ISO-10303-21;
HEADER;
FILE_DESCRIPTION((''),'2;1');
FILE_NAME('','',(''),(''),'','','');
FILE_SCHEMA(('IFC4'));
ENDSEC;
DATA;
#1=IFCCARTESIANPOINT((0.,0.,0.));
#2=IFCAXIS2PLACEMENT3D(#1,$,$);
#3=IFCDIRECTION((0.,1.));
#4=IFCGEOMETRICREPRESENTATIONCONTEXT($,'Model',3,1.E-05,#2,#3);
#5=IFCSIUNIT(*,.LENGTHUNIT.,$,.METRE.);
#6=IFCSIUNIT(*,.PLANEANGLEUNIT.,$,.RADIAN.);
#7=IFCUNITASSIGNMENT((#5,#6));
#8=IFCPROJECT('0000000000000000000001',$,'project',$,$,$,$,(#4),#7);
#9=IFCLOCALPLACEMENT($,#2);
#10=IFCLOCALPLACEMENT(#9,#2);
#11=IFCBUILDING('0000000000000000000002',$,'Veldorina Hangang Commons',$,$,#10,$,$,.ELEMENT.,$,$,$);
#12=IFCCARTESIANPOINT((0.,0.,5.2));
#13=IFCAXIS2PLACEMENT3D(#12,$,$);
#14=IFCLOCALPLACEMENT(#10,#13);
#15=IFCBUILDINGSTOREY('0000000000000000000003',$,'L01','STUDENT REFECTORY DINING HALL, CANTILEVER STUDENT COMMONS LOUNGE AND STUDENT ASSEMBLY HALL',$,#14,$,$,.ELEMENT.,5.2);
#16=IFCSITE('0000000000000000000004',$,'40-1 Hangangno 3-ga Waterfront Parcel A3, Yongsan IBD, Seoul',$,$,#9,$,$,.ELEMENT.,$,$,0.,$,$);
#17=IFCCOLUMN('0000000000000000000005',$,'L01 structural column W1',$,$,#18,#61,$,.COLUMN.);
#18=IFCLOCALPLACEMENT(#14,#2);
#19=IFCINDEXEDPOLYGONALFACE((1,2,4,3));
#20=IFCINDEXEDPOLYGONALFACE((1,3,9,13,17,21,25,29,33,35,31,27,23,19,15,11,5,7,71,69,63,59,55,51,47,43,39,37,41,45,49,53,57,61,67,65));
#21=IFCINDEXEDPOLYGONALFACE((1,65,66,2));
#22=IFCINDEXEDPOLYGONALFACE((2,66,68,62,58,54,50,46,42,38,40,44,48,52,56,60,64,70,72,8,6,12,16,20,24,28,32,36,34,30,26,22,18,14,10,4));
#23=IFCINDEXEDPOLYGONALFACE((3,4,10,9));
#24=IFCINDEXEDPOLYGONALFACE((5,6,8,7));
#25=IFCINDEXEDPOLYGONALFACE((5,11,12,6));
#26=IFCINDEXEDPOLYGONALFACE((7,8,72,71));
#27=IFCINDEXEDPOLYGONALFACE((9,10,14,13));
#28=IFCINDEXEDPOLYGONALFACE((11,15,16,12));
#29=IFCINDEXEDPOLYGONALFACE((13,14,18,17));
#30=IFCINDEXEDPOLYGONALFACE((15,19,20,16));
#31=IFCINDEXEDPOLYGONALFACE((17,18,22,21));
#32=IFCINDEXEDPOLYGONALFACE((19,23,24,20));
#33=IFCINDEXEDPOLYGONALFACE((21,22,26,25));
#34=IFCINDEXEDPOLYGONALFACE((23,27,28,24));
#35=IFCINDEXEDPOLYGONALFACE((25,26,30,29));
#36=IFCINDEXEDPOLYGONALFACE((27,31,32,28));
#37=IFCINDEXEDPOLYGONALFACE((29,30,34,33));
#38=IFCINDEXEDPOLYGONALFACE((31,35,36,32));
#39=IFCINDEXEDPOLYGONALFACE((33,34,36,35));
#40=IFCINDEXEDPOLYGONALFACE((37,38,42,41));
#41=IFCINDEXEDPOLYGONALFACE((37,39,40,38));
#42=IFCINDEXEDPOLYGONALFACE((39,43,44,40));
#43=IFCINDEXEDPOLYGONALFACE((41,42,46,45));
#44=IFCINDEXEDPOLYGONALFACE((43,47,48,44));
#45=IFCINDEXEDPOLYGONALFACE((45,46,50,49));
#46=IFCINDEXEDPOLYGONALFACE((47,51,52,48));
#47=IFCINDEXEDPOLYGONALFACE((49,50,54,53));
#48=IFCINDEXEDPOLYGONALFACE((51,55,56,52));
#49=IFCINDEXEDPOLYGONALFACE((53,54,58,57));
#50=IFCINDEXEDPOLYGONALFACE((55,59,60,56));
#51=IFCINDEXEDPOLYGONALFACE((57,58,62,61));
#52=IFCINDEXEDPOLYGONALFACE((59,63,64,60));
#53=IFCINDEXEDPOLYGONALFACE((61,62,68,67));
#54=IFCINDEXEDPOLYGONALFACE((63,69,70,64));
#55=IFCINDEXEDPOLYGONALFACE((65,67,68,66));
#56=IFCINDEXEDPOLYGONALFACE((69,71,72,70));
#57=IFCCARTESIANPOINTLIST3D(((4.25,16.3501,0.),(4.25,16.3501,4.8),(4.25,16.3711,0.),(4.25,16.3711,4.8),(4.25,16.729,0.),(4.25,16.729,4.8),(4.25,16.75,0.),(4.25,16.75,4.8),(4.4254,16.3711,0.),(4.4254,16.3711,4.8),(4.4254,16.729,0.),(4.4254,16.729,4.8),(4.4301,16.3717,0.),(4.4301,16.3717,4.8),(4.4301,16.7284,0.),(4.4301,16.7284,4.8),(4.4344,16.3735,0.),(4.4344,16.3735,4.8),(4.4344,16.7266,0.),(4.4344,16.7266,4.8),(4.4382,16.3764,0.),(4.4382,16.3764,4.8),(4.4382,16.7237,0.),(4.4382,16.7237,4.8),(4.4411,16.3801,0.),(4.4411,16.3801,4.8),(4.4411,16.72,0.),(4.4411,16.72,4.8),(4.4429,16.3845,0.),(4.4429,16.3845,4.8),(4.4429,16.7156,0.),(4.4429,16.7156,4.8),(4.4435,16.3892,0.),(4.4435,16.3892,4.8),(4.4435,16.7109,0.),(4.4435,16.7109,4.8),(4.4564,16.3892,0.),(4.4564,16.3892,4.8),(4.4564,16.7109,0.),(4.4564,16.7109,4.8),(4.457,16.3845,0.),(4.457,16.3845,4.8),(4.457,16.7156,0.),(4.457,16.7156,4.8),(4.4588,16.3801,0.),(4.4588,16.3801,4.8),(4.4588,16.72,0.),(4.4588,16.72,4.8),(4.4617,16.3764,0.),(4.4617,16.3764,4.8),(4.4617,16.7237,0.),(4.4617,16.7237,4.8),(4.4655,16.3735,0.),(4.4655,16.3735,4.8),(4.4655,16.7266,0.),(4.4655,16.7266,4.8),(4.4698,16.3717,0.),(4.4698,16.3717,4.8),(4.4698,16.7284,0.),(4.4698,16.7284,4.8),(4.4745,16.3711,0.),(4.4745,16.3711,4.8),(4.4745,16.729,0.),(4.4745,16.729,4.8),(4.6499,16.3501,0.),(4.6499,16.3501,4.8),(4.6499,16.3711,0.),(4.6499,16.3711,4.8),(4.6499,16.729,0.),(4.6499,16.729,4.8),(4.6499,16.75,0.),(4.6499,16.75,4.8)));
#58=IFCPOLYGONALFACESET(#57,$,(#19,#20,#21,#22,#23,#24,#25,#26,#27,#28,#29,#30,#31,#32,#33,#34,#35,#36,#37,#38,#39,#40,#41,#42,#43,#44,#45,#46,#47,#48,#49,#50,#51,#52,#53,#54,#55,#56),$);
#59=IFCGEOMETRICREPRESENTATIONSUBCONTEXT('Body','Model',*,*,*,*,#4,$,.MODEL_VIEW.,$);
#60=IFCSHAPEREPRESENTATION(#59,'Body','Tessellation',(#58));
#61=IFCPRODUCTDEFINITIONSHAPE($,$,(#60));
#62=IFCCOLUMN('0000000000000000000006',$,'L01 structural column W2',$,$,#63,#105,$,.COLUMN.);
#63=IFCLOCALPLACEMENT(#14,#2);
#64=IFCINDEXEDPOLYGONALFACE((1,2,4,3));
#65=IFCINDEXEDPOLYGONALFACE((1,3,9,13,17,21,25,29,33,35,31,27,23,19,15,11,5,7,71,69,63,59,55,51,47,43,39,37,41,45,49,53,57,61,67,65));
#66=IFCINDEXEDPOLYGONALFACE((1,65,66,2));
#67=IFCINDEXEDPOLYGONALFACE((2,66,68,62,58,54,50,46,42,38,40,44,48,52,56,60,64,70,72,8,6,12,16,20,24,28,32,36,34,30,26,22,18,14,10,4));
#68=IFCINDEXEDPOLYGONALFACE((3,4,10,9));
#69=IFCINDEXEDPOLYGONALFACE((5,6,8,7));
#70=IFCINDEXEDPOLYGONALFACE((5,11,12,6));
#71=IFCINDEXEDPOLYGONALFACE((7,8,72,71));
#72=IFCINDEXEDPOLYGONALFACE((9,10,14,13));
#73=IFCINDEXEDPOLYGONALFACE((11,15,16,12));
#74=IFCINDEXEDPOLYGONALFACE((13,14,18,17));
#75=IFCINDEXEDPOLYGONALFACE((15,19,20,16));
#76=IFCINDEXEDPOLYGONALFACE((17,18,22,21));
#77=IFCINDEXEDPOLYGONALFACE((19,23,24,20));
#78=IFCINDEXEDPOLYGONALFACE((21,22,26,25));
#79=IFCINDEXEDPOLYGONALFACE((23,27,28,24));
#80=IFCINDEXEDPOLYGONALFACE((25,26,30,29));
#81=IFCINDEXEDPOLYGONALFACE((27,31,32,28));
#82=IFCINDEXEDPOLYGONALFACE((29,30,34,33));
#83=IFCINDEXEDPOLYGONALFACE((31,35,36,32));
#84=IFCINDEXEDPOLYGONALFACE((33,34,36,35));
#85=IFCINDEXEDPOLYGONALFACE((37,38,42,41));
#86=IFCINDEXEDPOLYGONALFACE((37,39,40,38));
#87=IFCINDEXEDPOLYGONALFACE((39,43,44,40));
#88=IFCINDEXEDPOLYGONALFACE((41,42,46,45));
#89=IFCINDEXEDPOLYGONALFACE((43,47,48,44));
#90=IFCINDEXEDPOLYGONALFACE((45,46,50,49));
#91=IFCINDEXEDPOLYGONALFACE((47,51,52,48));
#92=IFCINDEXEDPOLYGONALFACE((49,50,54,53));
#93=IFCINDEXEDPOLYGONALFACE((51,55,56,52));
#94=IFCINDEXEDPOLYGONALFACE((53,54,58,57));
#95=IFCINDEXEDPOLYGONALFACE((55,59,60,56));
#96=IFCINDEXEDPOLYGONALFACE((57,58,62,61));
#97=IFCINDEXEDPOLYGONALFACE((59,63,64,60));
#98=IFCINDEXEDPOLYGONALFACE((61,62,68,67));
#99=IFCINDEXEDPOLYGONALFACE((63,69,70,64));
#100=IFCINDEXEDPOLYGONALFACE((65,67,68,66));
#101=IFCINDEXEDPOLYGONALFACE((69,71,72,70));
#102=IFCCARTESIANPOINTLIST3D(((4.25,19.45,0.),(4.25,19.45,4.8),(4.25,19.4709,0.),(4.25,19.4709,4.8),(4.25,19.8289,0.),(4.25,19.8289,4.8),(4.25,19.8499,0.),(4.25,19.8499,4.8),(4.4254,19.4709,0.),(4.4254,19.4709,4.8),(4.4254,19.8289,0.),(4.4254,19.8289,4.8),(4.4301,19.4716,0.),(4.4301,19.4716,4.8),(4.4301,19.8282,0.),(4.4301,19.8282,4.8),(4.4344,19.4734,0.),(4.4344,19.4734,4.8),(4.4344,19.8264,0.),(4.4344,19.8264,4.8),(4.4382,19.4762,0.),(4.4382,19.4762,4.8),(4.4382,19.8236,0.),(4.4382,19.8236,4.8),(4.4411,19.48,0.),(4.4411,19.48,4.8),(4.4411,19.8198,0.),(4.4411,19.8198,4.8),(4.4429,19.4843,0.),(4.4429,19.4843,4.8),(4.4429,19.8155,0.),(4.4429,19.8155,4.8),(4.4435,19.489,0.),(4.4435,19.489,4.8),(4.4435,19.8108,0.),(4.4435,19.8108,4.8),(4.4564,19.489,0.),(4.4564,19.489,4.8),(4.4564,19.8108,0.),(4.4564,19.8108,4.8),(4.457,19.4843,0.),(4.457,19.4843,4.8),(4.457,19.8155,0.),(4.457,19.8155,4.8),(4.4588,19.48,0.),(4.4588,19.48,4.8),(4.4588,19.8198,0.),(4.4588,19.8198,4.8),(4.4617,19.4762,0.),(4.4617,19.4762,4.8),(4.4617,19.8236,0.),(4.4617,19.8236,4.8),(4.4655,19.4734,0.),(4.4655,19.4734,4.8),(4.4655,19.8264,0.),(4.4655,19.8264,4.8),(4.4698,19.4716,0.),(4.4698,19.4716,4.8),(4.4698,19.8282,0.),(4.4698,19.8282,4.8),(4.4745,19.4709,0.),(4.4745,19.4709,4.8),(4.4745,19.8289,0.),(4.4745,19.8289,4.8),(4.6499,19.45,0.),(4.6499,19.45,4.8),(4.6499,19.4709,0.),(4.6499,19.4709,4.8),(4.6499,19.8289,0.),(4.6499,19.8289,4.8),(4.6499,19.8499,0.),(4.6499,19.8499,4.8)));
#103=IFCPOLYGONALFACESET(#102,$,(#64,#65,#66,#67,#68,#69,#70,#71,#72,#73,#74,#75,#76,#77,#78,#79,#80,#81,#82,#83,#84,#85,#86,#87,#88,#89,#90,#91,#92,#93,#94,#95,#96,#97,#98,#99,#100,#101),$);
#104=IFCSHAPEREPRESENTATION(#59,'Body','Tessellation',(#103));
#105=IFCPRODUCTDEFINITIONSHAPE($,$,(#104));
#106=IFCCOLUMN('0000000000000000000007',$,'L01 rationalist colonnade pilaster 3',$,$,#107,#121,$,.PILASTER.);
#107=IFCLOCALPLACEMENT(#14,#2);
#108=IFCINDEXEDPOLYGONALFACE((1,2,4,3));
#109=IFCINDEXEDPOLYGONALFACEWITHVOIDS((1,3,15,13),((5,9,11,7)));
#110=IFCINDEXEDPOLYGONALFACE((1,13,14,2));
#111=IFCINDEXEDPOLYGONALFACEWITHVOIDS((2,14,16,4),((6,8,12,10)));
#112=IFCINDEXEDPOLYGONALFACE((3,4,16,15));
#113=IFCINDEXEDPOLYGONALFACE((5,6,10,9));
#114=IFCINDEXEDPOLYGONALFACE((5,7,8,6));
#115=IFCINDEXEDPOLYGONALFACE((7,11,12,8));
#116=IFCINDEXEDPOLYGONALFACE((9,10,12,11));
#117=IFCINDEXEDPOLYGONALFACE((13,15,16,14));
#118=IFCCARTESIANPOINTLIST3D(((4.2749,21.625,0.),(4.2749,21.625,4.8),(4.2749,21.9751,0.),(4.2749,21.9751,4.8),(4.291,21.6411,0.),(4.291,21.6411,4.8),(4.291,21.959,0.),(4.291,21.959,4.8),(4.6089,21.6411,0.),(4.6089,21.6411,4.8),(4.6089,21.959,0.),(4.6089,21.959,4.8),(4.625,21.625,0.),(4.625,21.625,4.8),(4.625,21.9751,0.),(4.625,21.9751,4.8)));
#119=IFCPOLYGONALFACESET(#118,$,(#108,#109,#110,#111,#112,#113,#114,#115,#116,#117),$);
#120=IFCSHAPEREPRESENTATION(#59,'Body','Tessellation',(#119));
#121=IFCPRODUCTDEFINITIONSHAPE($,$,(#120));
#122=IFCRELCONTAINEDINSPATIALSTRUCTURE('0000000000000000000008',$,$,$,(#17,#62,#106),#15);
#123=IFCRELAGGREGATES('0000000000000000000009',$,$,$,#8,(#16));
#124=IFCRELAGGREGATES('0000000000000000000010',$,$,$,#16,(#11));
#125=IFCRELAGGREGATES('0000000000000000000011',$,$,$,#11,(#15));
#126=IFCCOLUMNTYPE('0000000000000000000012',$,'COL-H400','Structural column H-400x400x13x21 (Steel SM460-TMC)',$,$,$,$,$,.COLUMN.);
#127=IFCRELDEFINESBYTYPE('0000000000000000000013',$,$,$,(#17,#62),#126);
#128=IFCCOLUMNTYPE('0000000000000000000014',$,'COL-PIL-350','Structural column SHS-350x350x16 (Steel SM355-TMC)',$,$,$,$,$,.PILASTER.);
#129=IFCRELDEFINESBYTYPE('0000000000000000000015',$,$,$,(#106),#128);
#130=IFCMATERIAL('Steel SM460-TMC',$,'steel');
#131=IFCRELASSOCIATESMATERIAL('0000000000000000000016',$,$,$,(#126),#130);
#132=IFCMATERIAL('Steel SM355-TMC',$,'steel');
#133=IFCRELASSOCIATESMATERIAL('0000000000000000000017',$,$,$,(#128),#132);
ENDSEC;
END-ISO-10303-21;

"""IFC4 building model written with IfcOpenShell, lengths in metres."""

from ifc_helpers import new_model, si_unit, direction, frame, origin, origin_2d, place, context, subcontext, project, spatial, hollow_rectangle, i_section, extrude, material, material_profile, profile_set, type_object, element, save


model = new_model("IFC4")

# Units and contexts
model_context = context("Model", 3, precision=1e-05, world=origin(), true_north=direction((0.0, 1.0)))
body_context = subcontext(model_context, "Body", "Model", "MODEL_VIEW")
ifc_project = project(units=[si_unit("LENGTHUNIT", "METRE"), si_unit("PLANEANGLEUNIT", "RADIAN")], contexts=[model_context])

# Site, building, storey
site_placement = place(None, origin())
site = spatial("IfcSite", under=ifc_project, at=site_placement, Name="40-1 Hangangno 3-ga Waterfront Parcel A3, Yongsan IBD, Seoul", CompositionType="ELEMENT", RefElevation=0.0)
building_placement = place(site_placement, origin())
building = spatial("IfcBuilding", under=site, at=building_placement, Name="Veldorina Hangang Commons", CompositionType="ELEMENT")
storey_placement = place(building_placement, frame((0.0, 0.0, 5.2)))
storey = spatial("IfcBuildingStorey", under=building, at=storey_placement, Name="L01", Description="STUDENT REFECTORY DINING HALL, CANTILEVER STUDENT COMMONS LOUNGE AND STUDENT ASSEMBLY HALL", CompositionType="ELEMENT", Elevation=5.2)

# Columns
ifc_material_1 = material(Name="Steel SM460-TMC", Category="steel")
ifc_material_profile_1 = material_profile(ifc_material_1, i_section(OverallWidth=0.3999, OverallDepth=0.3999, WebThickness=0.0129, FlangeThickness=0.021, FilletRadius=0.0181, at=origin_2d()), Name="H-400x400x13x21")
ifc_profile_set_1 = profile_set([ifc_material_profile_1], Name="Steel SM460-TMC")
column_type_1 = type_object("IfcColumnType", Name="COL-H400", Description="Structural column H-400x400x13x21 (Steel SM460-TMC)", PredefinedType="COLUMN", material=ifc_profile_set_1)
for number, where, z_axis, x_axis, name in (
    (1, (4.45, 16.55, 0.0), (0.0, 0.0, 1.0), (1.0, 0.0, 0.0), "L01 structural column W1"),
    (2, (4.45, 19.6499, 0.0), (0.0, 0.0, 1.0), (1.0, 0.0, 0.0), "L01 structural column W2"),
):
    element("IfcColumn", number, at=place(storey_placement, frame(where, z_axis=z_axis, x_axis=x_axis)), inside=storey, type_object=column_type_1, Name=name, PredefinedType="COLUMN", context=body_context, shape_type="SweptSolid", body=[
        extrude(i_section(OverallWidth=0.3999, OverallDepth=0.3999, WebThickness=0.0129, FlangeThickness=0.021, FilletRadius=0.0181, at=origin_2d()), origin(), (0.0, 0.0, 1.0), 4.8),
    ])
ifc_material_2 = material(Name="Steel SM355-TMC", Category="steel")
ifc_material_profile_2 = material_profile(ifc_material_2, hollow_rectangle(XDim=0.3501, YDim=0.3501, WallThickness=0.0161, at=origin_2d()), Name="SHS-350x350x16")
ifc_profile_set_2 = profile_set([ifc_material_profile_2], Name="Steel SM355-TMC")
column_type_2 = type_object("IfcColumnType", Name="COL-PIL-350", Description="Structural column SHS-350x350x16 (Steel SM355-TMC)", PredefinedType="PILASTER", material=ifc_profile_set_2)
column_placement = place(storey_placement, frame((4.45, 21.8, 0.0), z_axis=(0.0, 0.0, 1.0), x_axis=(1.0, 0.0, 0.0)))
element("IfcColumn", 3, at=column_placement, inside=storey, type_object=column_type_2, Name="L01 rationalist colonnade pilaster 3", PredefinedType="PILASTER", context=body_context, shape_type="SweptSolid", body=[
    extrude(hollow_rectangle(XDim=0.3501, YDim=0.3501, WallThickness=0.0161, at=origin_2d()), origin(), (0.0, 0.0, 1.0), 4.8),
])

save(model, "model.ifc")
